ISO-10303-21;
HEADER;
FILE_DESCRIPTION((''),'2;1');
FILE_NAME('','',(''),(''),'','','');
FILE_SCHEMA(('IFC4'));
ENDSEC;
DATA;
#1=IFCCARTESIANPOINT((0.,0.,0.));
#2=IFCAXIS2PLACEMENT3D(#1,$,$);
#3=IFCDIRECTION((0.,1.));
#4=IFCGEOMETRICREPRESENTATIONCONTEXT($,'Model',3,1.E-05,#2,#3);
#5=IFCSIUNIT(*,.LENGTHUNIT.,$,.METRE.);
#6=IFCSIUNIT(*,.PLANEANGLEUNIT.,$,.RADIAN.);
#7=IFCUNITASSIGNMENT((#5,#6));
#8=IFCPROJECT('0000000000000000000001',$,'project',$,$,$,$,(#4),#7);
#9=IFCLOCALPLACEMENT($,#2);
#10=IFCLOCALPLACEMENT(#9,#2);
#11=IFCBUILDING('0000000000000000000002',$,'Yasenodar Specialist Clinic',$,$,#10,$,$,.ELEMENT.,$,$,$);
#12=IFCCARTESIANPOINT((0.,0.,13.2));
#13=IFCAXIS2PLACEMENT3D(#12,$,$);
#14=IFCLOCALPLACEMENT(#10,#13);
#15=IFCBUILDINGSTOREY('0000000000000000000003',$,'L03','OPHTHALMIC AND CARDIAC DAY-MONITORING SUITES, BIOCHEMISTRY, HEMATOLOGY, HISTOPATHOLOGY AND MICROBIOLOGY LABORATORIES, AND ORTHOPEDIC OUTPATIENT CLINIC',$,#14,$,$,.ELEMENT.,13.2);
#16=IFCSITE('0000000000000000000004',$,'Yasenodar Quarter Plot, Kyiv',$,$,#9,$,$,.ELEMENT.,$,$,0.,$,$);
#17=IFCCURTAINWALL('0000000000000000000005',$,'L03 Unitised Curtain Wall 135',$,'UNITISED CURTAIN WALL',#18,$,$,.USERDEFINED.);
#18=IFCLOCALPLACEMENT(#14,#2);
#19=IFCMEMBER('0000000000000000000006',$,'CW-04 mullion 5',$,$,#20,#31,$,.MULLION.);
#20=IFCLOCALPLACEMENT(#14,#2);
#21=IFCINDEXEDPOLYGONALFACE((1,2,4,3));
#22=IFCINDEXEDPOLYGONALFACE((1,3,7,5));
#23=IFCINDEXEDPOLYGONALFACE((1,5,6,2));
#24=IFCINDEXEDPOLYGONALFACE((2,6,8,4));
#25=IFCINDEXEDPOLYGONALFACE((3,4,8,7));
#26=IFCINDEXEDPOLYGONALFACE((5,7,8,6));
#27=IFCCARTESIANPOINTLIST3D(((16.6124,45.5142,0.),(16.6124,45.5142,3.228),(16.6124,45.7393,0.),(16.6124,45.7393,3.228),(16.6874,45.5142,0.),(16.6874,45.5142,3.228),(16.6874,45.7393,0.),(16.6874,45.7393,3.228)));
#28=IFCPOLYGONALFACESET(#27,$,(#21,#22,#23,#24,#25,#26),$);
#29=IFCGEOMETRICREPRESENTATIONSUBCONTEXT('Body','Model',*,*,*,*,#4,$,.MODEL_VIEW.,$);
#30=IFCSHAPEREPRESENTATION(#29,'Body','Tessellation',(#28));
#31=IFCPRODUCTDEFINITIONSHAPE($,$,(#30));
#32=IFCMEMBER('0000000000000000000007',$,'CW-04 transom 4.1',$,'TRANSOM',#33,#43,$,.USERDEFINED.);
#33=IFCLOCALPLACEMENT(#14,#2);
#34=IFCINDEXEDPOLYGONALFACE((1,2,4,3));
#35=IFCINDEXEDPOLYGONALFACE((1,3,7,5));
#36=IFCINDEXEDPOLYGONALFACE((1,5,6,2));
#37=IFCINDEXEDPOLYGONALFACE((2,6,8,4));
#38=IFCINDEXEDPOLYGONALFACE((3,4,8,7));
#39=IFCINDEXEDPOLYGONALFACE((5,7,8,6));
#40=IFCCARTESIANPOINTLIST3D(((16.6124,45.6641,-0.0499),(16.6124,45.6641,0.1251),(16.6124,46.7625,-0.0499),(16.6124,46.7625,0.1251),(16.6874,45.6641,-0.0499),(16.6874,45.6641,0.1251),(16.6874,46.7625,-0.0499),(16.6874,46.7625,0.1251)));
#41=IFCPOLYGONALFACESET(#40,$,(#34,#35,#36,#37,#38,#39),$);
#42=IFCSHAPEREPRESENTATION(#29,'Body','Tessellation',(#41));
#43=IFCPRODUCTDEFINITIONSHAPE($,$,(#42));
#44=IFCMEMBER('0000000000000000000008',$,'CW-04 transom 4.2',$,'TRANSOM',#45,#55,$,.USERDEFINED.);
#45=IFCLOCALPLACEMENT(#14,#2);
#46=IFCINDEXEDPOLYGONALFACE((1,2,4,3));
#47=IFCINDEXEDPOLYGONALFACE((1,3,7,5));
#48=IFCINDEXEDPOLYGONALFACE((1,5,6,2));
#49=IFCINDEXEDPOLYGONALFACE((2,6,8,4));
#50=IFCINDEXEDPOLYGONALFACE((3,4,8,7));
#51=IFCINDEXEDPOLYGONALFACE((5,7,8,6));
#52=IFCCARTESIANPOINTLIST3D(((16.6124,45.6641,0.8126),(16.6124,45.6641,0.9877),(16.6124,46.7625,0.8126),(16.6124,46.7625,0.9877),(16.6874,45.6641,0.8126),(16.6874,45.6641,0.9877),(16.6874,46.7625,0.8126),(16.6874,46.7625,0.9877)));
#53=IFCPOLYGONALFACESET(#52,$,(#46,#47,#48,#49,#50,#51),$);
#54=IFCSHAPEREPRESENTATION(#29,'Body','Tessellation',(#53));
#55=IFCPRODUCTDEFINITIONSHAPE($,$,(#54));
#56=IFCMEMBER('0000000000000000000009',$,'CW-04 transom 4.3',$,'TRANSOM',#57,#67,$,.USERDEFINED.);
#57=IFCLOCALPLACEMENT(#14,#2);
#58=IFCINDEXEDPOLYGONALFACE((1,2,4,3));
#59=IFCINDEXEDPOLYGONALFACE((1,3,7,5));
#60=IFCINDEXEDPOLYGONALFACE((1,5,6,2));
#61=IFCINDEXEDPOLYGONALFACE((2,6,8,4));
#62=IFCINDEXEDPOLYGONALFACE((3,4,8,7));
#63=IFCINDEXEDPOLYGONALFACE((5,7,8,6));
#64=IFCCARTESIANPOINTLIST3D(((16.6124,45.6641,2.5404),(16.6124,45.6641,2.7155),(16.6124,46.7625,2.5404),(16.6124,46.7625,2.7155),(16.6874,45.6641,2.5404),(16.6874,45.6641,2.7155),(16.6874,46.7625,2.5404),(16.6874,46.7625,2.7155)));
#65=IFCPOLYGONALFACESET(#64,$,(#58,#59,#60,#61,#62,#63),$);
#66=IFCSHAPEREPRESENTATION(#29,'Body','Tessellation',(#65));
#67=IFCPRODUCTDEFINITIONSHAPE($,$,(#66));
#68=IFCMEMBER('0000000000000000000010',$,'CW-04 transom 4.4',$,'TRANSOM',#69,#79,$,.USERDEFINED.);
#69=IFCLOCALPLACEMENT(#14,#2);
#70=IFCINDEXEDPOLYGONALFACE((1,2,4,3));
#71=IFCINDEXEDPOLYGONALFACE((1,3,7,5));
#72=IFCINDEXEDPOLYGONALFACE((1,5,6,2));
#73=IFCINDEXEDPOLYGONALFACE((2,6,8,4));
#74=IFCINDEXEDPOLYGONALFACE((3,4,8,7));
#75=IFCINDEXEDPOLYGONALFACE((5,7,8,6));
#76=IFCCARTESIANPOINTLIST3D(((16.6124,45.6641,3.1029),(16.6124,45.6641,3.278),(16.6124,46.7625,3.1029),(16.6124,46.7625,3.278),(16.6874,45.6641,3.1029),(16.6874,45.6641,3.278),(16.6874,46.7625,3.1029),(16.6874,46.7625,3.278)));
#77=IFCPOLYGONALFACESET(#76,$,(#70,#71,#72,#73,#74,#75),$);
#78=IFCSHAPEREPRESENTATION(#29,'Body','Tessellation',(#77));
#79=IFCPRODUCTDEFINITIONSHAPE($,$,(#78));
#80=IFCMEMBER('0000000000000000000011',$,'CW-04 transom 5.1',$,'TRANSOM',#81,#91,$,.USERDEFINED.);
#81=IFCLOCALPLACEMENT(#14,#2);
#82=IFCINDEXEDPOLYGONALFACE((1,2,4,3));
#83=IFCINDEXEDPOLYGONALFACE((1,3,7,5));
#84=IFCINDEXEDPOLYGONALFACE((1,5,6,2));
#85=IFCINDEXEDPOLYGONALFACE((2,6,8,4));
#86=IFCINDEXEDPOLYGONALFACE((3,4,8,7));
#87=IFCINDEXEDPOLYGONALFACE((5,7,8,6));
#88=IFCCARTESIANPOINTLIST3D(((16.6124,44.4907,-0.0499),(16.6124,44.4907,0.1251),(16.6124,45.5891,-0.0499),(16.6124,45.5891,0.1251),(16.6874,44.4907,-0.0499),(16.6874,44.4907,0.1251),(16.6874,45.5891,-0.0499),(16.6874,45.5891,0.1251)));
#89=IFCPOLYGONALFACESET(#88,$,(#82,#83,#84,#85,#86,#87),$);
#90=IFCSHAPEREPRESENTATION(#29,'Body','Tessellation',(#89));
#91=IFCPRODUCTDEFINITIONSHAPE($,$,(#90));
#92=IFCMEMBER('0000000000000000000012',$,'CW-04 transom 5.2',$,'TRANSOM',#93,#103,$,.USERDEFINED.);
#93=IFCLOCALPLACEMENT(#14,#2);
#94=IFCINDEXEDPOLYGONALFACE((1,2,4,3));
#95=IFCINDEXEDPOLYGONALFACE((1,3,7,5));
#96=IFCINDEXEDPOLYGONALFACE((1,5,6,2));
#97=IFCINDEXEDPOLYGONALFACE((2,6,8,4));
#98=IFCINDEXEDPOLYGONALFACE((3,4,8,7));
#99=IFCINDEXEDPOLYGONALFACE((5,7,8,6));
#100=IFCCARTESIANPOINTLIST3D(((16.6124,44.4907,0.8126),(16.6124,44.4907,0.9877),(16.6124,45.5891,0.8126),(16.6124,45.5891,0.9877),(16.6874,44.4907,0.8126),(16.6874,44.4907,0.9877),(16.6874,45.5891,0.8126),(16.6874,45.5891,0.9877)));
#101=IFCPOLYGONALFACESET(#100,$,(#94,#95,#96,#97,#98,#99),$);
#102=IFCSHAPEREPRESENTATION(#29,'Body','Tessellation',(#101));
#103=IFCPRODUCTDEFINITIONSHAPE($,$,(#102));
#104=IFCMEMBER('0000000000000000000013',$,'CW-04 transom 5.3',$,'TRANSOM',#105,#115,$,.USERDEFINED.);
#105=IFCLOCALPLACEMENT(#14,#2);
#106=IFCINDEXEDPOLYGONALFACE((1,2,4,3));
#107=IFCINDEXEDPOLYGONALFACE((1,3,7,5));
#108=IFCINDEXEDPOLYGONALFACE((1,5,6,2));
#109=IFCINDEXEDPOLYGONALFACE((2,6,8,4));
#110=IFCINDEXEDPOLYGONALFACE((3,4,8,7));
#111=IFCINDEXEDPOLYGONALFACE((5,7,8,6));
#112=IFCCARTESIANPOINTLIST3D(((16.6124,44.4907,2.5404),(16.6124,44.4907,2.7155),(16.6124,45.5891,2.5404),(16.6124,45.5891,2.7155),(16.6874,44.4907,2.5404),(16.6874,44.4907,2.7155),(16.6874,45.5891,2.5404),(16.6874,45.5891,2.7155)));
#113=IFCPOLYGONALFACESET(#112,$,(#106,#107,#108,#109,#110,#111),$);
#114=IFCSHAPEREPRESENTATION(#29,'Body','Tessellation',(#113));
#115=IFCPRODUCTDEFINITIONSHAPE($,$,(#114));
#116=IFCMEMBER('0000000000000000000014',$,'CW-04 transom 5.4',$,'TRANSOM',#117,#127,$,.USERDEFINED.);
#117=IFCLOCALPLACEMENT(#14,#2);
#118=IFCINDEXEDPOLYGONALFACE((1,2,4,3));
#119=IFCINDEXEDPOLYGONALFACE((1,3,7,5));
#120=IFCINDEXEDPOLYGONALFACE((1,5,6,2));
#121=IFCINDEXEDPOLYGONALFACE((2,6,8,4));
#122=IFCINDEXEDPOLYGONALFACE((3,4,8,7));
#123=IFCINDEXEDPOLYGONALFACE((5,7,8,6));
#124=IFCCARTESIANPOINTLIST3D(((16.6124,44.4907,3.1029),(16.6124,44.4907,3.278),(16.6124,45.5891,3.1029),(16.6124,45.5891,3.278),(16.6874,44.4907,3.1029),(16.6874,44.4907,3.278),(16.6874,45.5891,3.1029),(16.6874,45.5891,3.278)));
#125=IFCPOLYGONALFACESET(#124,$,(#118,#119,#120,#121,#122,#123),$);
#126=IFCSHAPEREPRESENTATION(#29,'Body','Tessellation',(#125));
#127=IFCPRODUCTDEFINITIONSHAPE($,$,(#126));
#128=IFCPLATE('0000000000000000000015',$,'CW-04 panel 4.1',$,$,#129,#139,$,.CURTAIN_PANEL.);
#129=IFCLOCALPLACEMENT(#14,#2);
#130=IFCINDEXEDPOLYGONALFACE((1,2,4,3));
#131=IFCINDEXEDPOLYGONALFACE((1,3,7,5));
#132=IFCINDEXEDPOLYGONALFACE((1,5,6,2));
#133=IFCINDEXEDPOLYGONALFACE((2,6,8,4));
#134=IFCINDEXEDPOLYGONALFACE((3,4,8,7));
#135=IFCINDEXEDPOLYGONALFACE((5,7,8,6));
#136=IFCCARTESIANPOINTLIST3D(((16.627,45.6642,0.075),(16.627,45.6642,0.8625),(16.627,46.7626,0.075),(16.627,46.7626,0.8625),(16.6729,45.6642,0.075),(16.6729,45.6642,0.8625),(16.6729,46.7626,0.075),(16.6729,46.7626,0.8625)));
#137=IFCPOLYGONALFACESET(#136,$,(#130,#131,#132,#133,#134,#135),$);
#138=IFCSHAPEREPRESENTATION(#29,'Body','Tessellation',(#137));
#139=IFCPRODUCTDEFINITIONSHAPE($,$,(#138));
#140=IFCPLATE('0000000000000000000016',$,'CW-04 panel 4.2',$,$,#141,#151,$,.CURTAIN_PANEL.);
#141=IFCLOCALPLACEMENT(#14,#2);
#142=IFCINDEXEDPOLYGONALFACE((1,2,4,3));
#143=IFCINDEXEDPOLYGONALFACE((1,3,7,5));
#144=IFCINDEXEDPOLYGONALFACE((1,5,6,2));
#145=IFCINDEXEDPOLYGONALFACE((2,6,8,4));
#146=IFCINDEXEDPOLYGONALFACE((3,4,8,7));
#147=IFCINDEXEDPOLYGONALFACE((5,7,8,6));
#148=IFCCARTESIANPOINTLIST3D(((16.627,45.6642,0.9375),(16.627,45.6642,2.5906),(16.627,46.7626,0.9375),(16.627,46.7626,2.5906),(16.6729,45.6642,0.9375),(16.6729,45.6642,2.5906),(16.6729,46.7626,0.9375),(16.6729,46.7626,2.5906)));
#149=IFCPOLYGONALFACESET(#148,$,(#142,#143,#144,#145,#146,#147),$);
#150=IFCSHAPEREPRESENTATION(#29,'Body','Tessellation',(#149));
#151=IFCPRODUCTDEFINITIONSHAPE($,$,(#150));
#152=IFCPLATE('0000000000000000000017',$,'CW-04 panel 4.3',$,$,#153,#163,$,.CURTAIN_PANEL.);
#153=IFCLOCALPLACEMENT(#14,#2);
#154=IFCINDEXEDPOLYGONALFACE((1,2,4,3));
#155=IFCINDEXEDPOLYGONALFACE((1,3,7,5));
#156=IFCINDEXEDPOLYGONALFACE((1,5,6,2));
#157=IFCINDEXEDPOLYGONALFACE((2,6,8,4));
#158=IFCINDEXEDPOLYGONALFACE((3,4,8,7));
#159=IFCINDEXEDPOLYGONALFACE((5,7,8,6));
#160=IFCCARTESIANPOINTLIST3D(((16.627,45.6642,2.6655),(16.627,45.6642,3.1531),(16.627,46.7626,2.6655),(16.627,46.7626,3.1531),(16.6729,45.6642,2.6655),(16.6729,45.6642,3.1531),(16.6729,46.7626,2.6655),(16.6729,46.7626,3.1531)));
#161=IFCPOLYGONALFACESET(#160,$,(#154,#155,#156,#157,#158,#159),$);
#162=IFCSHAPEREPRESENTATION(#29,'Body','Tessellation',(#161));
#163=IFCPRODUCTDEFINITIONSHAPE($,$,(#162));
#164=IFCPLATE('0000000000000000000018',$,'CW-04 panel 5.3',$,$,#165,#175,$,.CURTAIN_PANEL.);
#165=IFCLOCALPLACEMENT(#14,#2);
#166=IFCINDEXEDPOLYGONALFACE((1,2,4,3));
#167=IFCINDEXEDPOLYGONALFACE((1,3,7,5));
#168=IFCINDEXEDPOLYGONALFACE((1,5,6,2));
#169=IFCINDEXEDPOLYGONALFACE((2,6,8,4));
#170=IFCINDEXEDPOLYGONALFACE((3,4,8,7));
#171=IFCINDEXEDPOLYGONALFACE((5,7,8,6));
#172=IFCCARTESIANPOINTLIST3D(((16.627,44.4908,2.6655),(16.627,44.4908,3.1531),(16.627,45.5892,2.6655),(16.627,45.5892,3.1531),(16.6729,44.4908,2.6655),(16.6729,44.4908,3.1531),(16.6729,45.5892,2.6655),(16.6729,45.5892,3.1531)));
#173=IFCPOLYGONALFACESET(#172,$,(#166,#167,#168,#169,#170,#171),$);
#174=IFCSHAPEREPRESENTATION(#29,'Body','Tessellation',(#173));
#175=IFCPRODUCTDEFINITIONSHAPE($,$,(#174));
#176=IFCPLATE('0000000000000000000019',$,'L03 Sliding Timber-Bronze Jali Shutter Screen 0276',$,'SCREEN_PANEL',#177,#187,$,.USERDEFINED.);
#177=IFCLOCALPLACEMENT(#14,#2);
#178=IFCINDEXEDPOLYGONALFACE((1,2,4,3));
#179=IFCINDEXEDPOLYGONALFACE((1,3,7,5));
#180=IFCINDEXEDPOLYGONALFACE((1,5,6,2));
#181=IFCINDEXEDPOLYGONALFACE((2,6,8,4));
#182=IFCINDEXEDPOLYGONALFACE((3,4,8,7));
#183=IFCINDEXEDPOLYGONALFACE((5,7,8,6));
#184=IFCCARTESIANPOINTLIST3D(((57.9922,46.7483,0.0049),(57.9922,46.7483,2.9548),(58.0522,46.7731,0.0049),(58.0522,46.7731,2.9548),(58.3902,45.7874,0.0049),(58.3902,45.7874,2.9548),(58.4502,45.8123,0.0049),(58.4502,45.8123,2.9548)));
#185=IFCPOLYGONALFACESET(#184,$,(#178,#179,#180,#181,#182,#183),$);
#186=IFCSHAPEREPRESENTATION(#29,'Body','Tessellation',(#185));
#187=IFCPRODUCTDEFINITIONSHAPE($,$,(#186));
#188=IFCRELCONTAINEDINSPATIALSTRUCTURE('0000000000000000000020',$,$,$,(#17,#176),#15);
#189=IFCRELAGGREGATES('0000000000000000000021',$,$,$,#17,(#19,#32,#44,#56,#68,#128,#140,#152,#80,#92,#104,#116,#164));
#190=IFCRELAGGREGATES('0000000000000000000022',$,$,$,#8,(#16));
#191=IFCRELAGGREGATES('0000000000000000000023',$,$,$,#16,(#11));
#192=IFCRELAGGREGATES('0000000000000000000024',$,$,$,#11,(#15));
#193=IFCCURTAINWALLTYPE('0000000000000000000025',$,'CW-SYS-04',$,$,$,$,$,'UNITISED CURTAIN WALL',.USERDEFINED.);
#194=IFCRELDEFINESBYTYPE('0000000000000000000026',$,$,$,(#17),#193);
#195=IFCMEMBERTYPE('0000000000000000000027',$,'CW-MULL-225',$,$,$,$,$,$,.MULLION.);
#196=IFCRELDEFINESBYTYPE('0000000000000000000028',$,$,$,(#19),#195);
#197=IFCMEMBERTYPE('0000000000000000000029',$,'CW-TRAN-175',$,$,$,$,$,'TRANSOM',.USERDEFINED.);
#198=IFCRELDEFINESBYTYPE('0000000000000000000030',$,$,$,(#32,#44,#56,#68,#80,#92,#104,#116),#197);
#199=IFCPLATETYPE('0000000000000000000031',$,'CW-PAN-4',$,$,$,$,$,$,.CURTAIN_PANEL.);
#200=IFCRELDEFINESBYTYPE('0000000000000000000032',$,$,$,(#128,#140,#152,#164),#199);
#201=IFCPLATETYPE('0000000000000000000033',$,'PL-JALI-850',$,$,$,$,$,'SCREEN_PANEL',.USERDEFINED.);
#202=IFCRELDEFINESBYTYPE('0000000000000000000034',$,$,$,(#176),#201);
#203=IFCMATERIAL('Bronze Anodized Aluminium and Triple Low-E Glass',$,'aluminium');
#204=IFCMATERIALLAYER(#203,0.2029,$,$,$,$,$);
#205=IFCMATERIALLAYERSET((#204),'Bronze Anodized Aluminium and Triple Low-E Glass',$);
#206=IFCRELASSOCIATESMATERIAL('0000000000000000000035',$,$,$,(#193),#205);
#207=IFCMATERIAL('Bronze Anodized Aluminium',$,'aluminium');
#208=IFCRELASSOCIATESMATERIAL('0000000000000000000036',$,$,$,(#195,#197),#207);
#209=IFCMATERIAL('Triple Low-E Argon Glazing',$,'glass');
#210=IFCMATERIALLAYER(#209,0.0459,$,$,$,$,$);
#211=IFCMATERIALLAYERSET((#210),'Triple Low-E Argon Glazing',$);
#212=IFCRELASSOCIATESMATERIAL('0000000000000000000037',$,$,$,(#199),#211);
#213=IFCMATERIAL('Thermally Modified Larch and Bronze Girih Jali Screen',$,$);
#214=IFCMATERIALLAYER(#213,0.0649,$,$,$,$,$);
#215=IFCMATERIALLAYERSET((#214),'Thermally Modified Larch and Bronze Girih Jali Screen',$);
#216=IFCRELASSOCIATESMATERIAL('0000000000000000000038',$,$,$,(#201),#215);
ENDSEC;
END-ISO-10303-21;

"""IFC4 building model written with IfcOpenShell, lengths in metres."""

from ifc_helpers import new_model, si_unit, direction, frame, origin, origin_2d, place, context, subcontext, project, spatial, rectangle, extrude, material, layer, layer_set, material_profile, profile_set, type_object, element, aggregate, save


model = new_model("IFC4")

# Units and contexts
model_context = context("Model", 3, precision=1e-05, world=origin(), true_north=direction((0.0, 1.0)))
body_context = subcontext(model_context, "Body", "Model", "MODEL_VIEW")
ifc_project = project(units=[si_unit("LENGTHUNIT", "METRE"), si_unit("PLANEANGLEUNIT", "RADIAN")], contexts=[model_context])

# Site, building, storey
site_placement = place(None, origin())
site = spatial("IfcSite", under=ifc_project, at=site_placement, Name="Yasenodar Quarter Plot, Kyiv", CompositionType="ELEMENT", RefElevation=0.0)
building_placement = place(site_placement, origin())
building = spatial("IfcBuilding", under=site, at=building_placement, Name="Yasenodar Specialist Clinic", CompositionType="ELEMENT")
storey_placement = place(building_placement, frame((0.0, 0.0, 13.2)))
storey = spatial("IfcBuildingStorey", under=building, at=storey_placement, Name="L03", Description="OPHTHALMIC AND CARDIAC DAY-MONITORING SUITES, BIOCHEMISTRY, HEMATOLOGY, HISTOPATHOLOGY AND MICROBIOLOGY LABORATORIES, AND ORTHOPEDIC OUTPATIENT CLINIC", CompositionType="ELEMENT", Elevation=13.2)

# Curtain wall, members, plates
ifc_material_1 = material(Name="Bronze Anodized Aluminium and Triple Low-E Glass", Category="aluminium")
ifc_layer_1 = layer(ifc_material_1, 0.2029)
ifc_layer_set_1 = layer_set([ifc_layer_1], Name="Bronze Anodized Aluminium and Triple Low-E Glass")
curtain_wall_type = type_object("IfcCurtainWallType", Name="CW-SYS-04", ElementType="UNITISED CURTAIN WALL", PredefinedType="USERDEFINED", material=ifc_layer_set_1)
curtain_wall_placement = place(storey_placement, origin())
curtain_wall = element("IfcCurtainWall", 1, at=curtain_wall_placement, inside=storey, type_object=curtain_wall_type, Name="L03 Unitised Curtain Wall 135", ObjectType="UNITISED CURTAIN WALL", PredefinedType="USERDEFINED")
ifc_material_2 = material(Name="Bronze Anodized Aluminium", Category="aluminium")
ifc_material_profile_1 = material_profile(ifc_material_2, rectangle(XDim=0.075, YDim=0.2251, at=origin_2d()), Name="CW-MULL 75x225")
ifc_profile_set_1 = profile_set([ifc_material_profile_1], Name="Bronze Anodized Aluminium")
member_type_1 = type_object("IfcMemberType", Name="CW-MULL-225", PredefinedType="MULLION", material=ifc_profile_set_1)
member_1_placement = place(storey_placement, frame((16.6499, 45.6267, 0.0), z_axis=(0.0, 0.0, 1.0), x_axis=(1.0, 0.0, 0.0)))
member_1 = element("IfcMember", 2, at=member_1_placement, type_object=member_type_1, Name="CW-04 mullion 5", PredefinedType="MULLION", context=body_context, shape_type="SweptSolid", body=[
    extrude(rectangle(XDim=0.075, YDim=0.2251, at=origin_2d()), origin(), (0.0, 0.0, 1.0), 3.228),
])
ifc_material_profile_2 = material_profile(ifc_material_2, rectangle(XDim=0.075, YDim=0.175, at=origin_2d()), Name="CW-TRAN 75x175")
ifc_profile_set_2 = profile_set([ifc_material_profile_2], Name="Bronze Anodized Aluminium")
member_type_2 = type_object("IfcMemberType", Name="CW-TRAN-175", ElementType="TRANSOM", PredefinedType="USERDEFINED", material=ifc_profile_set_2)
member_2_placement = place(storey_placement, frame((16.6499, 46.7625, 0.0376), z_axis=(0.0, -1.0, 0.0), x_axis=(1.0, 0.0, 0.0)))
member_2 = element("IfcMember", 3, at=member_2_placement, type_object=member_type_2, Name="CW-04 transom 4.1", ObjectType="TRANSOM", PredefinedType="USERDEFINED", context=body_context, shape_type="SweptSolid", body=[
    extrude(rectangle(XDim=0.075, YDim=0.175, at=origin_2d()), origin(), (0.0, 0.0, 1.0), 1.0984),
])
member_3_placement = place(storey_placement, frame((16.6499, 46.7625, 0.9001), z_axis=(0.0, -1.0, 0.0), x_axis=(1.0, 0.0, 0.0)))
member_3 = element("IfcMember", 4, at=member_3_placement, type_object=member_type_2, Name="CW-04 transom 4.2", ObjectType="TRANSOM", PredefinedType="USERDEFINED", context=body_context, shape_type="SweptSolid", body=[
    extrude(rectangle(XDim=0.075, YDim=0.175, at=origin_2d()), origin(), (0.0, 0.0, 1.0), 1.0984),
])
member_4_placement = place(storey_placement, frame((16.6499, 46.7625, 2.6279), z_axis=(0.0, -1.0, 0.0), x_axis=(1.0, 0.0, 0.0)))
member_4 = element("IfcMember", 5, at=member_4_placement, type_object=member_type_2, Name="CW-04 transom 4.3", ObjectType="TRANSOM", PredefinedType="USERDEFINED", context=body_context, shape_type="SweptSolid", body=[
    extrude(rectangle(XDim=0.075, YDim=0.175, at=origin_2d()), origin(), (0.0, 0.0, 1.0), 1.0984),
])
member_5_placement = place(storey_placement, frame((16.6499, 46.7625, 3.1904), z_axis=(0.0, -1.0, 0.0), x_axis=(1.0, 0.0, 0.0)))
member_5 = element("IfcMember", 6, at=member_5_placement, type_object=member_type_2, Name="CW-04 transom 4.4", ObjectType="TRANSOM", PredefinedType="USERDEFINED", context=body_context, shape_type="SweptSolid", body=[
    extrude(rectangle(XDim=0.075, YDim=0.175, at=origin_2d()), origin(), (0.0, 0.0, 1.0), 1.0984),
])
member_6_placement = place(storey_placement, frame((16.6499, 45.5891, 0.0376), z_axis=(0.0, -1.0, 0.0), x_axis=(1.0, 0.0, 0.0)))
member_6 = element("IfcMember", 7, at=member_6_placement, type_object=member_type_2, Name="CW-04 transom 5.1", ObjectType="TRANSOM", PredefinedType="USERDEFINED", context=body_context, shape_type="SweptSolid", body=[
    extrude(rectangle(XDim=0.075, YDim=0.175, at=origin_2d()), origin(), (0.0, 0.0, 1.0), 1.0984),
])
member_7_placement = place(storey_placement, frame((16.6499, 45.5891, 0.9001), z_axis=(0.0, -1.0, 0.0), x_axis=(1.0, 0.0, 0.0)))
member_7 = element("IfcMember", 8, at=member_7_placement, type_object=member_type_2, Name="CW-04 transom 5.2", ObjectType="TRANSOM", PredefinedType="USERDEFINED", context=body_context, shape_type="SweptSolid", body=[
    extrude(rectangle(XDim=0.075, YDim=0.175, at=origin_2d()), origin(), (0.0, 0.0, 1.0), 1.0984),
])
member_8_placement = place(storey_placement, frame((16.6499, 45.5891, 2.6279), z_axis=(0.0, -1.0, 0.0), x_axis=(1.0, 0.0, 0.0)))
member_8 = element("IfcMember", 9, at=member_8_placement, type_object=member_type_2, Name="CW-04 transom 5.3", ObjectType="TRANSOM", PredefinedType="USERDEFINED", context=body_context, shape_type="SweptSolid", body=[
    extrude(rectangle(XDim=0.075, YDim=0.175, at=origin_2d()), origin(), (0.0, 0.0, 1.0), 1.0984),
])
member_9_placement = place(storey_placement, frame((16.6499, 45.5891, 3.1904), z_axis=(0.0, -1.0, 0.0), x_axis=(1.0, 0.0, 0.0)))
member_9 = element("IfcMember", 10, at=member_9_placement, type_object=member_type_2, Name="CW-04 transom 5.4", ObjectType="TRANSOM", PredefinedType="USERDEFINED", context=body_context, shape_type="SweptSolid", body=[
    extrude(rectangle(XDim=0.075, YDim=0.175, at=origin_2d()), origin(), (0.0, 0.0, 1.0), 1.0984),
])
ifc_material_3 = material(Name="Triple Low-E Argon Glazing", Category="glass")
ifc_layer_2 = layer(ifc_material_3, 0.0459)
ifc_layer_set_2 = layer_set([ifc_layer_2], Name="Triple Low-E Argon Glazing")
plate_type_1 = type_object("IfcPlateType", Name="CW-PAN-4", PredefinedType="CURTAIN_PANEL", material=ifc_layer_set_2)
plate_1_placement = place(storey_placement, frame((16.6499, 46.2134, 0.075), z_axis=(0.0, 0.0, 1.0), x_axis=(0.0, -1.0, 0.0)))
plate_1 = element("IfcPlate", 11, at=plate_1_placement, type_object=plate_type_1, Name="CW-04 panel 4.1", PredefinedType="CURTAIN_PANEL", context=body_context, shape_type="SweptSolid", body=[
    extrude(rectangle(XDim=1.0984, YDim=0.0459, at=origin_2d()), origin(), (0.0, 0.0, 1.0), 0.7876),
])
plate_2_placement = place(storey_placement, frame((16.6499, 46.2134, 0.9375), z_axis=(0.0, 0.0, 1.0), x_axis=(0.0, -1.0, 0.0)))
plate_2 = element("IfcPlate", 12, at=plate_2_placement, type_object=plate_type_1, Name="CW-04 panel 4.2", PredefinedType="CURTAIN_PANEL", context=body_context, shape_type="SweptSolid", body=[
    extrude(rectangle(XDim=1.0984, YDim=0.0459, at=origin_2d()), origin(), (0.0, 0.0, 1.0), 1.6531),
])
plate_3_placement = place(storey_placement, frame((16.6499, 46.2134, 2.6655), z_axis=(0.0, 0.0, 1.0), x_axis=(0.0, -1.0, 0.0)))
plate_3 = element("IfcPlate", 13, at=plate_3_placement, type_object=plate_type_1, Name="CW-04 panel 4.3", PredefinedType="CURTAIN_PANEL", context=body_context, shape_type="SweptSolid", body=[
    extrude(rectangle(XDim=1.0984, YDim=0.0459, at=origin_2d()), origin(), (0.0, 0.0, 1.0), 0.4875),
])
plate_4_placement = place(storey_placement, frame((16.6499, 45.04, 2.6655), z_axis=(0.0, 0.0, 1.0), x_axis=(0.0, -1.0, 0.0)))
plate_4 = element("IfcPlate", 14, at=plate_4_placement, type_object=plate_type_1, Name="CW-04 panel 5.3", PredefinedType="CURTAIN_PANEL", context=body_context, shape_type="SweptSolid", body=[
    extrude(rectangle(XDim=1.0984, YDim=0.0459, at=origin_2d()), origin(), (0.0, 0.0, 1.0), 0.4875),
])
aggregate(curtain_wall, [member_1, member_2, member_3, member_4, member_5, plate_1, plate_2, plate_3, member_6, member_7, member_8, member_9, plate_4])

# Plate
ifc_material_4 = material(Name="Thermally Modified Larch and Bronze Girih Jali Screen")
ifc_layer_3 = layer(ifc_material_4, 0.0649)
ifc_layer_set_3 = layer_set([ifc_layer_3], Name="Thermally Modified Larch and Bronze Girih Jali Screen")
plate_type_2 = type_object("IfcPlateType", Name="PL-JALI-850", ElementType="SCREEN_PANEL", PredefinedType="USERDEFINED", material=ifc_layer_set_3)
plate_5_placement = place(storey_placement, frame((58.2212, 46.2803, 0.0049), z_axis=(0.0, 0.0, 1.0), x_axis=(0.382687, -0.923878, 0.0)))
element("IfcPlate", 15, at=plate_5_placement, inside=storey, type_object=plate_type_2, Name="L03 Sliding Timber-Bronze Jali Shutter Screen 0276", ObjectType="SCREEN_PANEL", PredefinedType="USERDEFINED", context=body_context, shape_type="SweptSolid", body=[
    extrude(rectangle(XDim=1.04, YDim=0.0649, at=origin_2d()), origin(), (0.0, 0.0, 1.0), 2.95),
])

save(model, "model.ifc")
